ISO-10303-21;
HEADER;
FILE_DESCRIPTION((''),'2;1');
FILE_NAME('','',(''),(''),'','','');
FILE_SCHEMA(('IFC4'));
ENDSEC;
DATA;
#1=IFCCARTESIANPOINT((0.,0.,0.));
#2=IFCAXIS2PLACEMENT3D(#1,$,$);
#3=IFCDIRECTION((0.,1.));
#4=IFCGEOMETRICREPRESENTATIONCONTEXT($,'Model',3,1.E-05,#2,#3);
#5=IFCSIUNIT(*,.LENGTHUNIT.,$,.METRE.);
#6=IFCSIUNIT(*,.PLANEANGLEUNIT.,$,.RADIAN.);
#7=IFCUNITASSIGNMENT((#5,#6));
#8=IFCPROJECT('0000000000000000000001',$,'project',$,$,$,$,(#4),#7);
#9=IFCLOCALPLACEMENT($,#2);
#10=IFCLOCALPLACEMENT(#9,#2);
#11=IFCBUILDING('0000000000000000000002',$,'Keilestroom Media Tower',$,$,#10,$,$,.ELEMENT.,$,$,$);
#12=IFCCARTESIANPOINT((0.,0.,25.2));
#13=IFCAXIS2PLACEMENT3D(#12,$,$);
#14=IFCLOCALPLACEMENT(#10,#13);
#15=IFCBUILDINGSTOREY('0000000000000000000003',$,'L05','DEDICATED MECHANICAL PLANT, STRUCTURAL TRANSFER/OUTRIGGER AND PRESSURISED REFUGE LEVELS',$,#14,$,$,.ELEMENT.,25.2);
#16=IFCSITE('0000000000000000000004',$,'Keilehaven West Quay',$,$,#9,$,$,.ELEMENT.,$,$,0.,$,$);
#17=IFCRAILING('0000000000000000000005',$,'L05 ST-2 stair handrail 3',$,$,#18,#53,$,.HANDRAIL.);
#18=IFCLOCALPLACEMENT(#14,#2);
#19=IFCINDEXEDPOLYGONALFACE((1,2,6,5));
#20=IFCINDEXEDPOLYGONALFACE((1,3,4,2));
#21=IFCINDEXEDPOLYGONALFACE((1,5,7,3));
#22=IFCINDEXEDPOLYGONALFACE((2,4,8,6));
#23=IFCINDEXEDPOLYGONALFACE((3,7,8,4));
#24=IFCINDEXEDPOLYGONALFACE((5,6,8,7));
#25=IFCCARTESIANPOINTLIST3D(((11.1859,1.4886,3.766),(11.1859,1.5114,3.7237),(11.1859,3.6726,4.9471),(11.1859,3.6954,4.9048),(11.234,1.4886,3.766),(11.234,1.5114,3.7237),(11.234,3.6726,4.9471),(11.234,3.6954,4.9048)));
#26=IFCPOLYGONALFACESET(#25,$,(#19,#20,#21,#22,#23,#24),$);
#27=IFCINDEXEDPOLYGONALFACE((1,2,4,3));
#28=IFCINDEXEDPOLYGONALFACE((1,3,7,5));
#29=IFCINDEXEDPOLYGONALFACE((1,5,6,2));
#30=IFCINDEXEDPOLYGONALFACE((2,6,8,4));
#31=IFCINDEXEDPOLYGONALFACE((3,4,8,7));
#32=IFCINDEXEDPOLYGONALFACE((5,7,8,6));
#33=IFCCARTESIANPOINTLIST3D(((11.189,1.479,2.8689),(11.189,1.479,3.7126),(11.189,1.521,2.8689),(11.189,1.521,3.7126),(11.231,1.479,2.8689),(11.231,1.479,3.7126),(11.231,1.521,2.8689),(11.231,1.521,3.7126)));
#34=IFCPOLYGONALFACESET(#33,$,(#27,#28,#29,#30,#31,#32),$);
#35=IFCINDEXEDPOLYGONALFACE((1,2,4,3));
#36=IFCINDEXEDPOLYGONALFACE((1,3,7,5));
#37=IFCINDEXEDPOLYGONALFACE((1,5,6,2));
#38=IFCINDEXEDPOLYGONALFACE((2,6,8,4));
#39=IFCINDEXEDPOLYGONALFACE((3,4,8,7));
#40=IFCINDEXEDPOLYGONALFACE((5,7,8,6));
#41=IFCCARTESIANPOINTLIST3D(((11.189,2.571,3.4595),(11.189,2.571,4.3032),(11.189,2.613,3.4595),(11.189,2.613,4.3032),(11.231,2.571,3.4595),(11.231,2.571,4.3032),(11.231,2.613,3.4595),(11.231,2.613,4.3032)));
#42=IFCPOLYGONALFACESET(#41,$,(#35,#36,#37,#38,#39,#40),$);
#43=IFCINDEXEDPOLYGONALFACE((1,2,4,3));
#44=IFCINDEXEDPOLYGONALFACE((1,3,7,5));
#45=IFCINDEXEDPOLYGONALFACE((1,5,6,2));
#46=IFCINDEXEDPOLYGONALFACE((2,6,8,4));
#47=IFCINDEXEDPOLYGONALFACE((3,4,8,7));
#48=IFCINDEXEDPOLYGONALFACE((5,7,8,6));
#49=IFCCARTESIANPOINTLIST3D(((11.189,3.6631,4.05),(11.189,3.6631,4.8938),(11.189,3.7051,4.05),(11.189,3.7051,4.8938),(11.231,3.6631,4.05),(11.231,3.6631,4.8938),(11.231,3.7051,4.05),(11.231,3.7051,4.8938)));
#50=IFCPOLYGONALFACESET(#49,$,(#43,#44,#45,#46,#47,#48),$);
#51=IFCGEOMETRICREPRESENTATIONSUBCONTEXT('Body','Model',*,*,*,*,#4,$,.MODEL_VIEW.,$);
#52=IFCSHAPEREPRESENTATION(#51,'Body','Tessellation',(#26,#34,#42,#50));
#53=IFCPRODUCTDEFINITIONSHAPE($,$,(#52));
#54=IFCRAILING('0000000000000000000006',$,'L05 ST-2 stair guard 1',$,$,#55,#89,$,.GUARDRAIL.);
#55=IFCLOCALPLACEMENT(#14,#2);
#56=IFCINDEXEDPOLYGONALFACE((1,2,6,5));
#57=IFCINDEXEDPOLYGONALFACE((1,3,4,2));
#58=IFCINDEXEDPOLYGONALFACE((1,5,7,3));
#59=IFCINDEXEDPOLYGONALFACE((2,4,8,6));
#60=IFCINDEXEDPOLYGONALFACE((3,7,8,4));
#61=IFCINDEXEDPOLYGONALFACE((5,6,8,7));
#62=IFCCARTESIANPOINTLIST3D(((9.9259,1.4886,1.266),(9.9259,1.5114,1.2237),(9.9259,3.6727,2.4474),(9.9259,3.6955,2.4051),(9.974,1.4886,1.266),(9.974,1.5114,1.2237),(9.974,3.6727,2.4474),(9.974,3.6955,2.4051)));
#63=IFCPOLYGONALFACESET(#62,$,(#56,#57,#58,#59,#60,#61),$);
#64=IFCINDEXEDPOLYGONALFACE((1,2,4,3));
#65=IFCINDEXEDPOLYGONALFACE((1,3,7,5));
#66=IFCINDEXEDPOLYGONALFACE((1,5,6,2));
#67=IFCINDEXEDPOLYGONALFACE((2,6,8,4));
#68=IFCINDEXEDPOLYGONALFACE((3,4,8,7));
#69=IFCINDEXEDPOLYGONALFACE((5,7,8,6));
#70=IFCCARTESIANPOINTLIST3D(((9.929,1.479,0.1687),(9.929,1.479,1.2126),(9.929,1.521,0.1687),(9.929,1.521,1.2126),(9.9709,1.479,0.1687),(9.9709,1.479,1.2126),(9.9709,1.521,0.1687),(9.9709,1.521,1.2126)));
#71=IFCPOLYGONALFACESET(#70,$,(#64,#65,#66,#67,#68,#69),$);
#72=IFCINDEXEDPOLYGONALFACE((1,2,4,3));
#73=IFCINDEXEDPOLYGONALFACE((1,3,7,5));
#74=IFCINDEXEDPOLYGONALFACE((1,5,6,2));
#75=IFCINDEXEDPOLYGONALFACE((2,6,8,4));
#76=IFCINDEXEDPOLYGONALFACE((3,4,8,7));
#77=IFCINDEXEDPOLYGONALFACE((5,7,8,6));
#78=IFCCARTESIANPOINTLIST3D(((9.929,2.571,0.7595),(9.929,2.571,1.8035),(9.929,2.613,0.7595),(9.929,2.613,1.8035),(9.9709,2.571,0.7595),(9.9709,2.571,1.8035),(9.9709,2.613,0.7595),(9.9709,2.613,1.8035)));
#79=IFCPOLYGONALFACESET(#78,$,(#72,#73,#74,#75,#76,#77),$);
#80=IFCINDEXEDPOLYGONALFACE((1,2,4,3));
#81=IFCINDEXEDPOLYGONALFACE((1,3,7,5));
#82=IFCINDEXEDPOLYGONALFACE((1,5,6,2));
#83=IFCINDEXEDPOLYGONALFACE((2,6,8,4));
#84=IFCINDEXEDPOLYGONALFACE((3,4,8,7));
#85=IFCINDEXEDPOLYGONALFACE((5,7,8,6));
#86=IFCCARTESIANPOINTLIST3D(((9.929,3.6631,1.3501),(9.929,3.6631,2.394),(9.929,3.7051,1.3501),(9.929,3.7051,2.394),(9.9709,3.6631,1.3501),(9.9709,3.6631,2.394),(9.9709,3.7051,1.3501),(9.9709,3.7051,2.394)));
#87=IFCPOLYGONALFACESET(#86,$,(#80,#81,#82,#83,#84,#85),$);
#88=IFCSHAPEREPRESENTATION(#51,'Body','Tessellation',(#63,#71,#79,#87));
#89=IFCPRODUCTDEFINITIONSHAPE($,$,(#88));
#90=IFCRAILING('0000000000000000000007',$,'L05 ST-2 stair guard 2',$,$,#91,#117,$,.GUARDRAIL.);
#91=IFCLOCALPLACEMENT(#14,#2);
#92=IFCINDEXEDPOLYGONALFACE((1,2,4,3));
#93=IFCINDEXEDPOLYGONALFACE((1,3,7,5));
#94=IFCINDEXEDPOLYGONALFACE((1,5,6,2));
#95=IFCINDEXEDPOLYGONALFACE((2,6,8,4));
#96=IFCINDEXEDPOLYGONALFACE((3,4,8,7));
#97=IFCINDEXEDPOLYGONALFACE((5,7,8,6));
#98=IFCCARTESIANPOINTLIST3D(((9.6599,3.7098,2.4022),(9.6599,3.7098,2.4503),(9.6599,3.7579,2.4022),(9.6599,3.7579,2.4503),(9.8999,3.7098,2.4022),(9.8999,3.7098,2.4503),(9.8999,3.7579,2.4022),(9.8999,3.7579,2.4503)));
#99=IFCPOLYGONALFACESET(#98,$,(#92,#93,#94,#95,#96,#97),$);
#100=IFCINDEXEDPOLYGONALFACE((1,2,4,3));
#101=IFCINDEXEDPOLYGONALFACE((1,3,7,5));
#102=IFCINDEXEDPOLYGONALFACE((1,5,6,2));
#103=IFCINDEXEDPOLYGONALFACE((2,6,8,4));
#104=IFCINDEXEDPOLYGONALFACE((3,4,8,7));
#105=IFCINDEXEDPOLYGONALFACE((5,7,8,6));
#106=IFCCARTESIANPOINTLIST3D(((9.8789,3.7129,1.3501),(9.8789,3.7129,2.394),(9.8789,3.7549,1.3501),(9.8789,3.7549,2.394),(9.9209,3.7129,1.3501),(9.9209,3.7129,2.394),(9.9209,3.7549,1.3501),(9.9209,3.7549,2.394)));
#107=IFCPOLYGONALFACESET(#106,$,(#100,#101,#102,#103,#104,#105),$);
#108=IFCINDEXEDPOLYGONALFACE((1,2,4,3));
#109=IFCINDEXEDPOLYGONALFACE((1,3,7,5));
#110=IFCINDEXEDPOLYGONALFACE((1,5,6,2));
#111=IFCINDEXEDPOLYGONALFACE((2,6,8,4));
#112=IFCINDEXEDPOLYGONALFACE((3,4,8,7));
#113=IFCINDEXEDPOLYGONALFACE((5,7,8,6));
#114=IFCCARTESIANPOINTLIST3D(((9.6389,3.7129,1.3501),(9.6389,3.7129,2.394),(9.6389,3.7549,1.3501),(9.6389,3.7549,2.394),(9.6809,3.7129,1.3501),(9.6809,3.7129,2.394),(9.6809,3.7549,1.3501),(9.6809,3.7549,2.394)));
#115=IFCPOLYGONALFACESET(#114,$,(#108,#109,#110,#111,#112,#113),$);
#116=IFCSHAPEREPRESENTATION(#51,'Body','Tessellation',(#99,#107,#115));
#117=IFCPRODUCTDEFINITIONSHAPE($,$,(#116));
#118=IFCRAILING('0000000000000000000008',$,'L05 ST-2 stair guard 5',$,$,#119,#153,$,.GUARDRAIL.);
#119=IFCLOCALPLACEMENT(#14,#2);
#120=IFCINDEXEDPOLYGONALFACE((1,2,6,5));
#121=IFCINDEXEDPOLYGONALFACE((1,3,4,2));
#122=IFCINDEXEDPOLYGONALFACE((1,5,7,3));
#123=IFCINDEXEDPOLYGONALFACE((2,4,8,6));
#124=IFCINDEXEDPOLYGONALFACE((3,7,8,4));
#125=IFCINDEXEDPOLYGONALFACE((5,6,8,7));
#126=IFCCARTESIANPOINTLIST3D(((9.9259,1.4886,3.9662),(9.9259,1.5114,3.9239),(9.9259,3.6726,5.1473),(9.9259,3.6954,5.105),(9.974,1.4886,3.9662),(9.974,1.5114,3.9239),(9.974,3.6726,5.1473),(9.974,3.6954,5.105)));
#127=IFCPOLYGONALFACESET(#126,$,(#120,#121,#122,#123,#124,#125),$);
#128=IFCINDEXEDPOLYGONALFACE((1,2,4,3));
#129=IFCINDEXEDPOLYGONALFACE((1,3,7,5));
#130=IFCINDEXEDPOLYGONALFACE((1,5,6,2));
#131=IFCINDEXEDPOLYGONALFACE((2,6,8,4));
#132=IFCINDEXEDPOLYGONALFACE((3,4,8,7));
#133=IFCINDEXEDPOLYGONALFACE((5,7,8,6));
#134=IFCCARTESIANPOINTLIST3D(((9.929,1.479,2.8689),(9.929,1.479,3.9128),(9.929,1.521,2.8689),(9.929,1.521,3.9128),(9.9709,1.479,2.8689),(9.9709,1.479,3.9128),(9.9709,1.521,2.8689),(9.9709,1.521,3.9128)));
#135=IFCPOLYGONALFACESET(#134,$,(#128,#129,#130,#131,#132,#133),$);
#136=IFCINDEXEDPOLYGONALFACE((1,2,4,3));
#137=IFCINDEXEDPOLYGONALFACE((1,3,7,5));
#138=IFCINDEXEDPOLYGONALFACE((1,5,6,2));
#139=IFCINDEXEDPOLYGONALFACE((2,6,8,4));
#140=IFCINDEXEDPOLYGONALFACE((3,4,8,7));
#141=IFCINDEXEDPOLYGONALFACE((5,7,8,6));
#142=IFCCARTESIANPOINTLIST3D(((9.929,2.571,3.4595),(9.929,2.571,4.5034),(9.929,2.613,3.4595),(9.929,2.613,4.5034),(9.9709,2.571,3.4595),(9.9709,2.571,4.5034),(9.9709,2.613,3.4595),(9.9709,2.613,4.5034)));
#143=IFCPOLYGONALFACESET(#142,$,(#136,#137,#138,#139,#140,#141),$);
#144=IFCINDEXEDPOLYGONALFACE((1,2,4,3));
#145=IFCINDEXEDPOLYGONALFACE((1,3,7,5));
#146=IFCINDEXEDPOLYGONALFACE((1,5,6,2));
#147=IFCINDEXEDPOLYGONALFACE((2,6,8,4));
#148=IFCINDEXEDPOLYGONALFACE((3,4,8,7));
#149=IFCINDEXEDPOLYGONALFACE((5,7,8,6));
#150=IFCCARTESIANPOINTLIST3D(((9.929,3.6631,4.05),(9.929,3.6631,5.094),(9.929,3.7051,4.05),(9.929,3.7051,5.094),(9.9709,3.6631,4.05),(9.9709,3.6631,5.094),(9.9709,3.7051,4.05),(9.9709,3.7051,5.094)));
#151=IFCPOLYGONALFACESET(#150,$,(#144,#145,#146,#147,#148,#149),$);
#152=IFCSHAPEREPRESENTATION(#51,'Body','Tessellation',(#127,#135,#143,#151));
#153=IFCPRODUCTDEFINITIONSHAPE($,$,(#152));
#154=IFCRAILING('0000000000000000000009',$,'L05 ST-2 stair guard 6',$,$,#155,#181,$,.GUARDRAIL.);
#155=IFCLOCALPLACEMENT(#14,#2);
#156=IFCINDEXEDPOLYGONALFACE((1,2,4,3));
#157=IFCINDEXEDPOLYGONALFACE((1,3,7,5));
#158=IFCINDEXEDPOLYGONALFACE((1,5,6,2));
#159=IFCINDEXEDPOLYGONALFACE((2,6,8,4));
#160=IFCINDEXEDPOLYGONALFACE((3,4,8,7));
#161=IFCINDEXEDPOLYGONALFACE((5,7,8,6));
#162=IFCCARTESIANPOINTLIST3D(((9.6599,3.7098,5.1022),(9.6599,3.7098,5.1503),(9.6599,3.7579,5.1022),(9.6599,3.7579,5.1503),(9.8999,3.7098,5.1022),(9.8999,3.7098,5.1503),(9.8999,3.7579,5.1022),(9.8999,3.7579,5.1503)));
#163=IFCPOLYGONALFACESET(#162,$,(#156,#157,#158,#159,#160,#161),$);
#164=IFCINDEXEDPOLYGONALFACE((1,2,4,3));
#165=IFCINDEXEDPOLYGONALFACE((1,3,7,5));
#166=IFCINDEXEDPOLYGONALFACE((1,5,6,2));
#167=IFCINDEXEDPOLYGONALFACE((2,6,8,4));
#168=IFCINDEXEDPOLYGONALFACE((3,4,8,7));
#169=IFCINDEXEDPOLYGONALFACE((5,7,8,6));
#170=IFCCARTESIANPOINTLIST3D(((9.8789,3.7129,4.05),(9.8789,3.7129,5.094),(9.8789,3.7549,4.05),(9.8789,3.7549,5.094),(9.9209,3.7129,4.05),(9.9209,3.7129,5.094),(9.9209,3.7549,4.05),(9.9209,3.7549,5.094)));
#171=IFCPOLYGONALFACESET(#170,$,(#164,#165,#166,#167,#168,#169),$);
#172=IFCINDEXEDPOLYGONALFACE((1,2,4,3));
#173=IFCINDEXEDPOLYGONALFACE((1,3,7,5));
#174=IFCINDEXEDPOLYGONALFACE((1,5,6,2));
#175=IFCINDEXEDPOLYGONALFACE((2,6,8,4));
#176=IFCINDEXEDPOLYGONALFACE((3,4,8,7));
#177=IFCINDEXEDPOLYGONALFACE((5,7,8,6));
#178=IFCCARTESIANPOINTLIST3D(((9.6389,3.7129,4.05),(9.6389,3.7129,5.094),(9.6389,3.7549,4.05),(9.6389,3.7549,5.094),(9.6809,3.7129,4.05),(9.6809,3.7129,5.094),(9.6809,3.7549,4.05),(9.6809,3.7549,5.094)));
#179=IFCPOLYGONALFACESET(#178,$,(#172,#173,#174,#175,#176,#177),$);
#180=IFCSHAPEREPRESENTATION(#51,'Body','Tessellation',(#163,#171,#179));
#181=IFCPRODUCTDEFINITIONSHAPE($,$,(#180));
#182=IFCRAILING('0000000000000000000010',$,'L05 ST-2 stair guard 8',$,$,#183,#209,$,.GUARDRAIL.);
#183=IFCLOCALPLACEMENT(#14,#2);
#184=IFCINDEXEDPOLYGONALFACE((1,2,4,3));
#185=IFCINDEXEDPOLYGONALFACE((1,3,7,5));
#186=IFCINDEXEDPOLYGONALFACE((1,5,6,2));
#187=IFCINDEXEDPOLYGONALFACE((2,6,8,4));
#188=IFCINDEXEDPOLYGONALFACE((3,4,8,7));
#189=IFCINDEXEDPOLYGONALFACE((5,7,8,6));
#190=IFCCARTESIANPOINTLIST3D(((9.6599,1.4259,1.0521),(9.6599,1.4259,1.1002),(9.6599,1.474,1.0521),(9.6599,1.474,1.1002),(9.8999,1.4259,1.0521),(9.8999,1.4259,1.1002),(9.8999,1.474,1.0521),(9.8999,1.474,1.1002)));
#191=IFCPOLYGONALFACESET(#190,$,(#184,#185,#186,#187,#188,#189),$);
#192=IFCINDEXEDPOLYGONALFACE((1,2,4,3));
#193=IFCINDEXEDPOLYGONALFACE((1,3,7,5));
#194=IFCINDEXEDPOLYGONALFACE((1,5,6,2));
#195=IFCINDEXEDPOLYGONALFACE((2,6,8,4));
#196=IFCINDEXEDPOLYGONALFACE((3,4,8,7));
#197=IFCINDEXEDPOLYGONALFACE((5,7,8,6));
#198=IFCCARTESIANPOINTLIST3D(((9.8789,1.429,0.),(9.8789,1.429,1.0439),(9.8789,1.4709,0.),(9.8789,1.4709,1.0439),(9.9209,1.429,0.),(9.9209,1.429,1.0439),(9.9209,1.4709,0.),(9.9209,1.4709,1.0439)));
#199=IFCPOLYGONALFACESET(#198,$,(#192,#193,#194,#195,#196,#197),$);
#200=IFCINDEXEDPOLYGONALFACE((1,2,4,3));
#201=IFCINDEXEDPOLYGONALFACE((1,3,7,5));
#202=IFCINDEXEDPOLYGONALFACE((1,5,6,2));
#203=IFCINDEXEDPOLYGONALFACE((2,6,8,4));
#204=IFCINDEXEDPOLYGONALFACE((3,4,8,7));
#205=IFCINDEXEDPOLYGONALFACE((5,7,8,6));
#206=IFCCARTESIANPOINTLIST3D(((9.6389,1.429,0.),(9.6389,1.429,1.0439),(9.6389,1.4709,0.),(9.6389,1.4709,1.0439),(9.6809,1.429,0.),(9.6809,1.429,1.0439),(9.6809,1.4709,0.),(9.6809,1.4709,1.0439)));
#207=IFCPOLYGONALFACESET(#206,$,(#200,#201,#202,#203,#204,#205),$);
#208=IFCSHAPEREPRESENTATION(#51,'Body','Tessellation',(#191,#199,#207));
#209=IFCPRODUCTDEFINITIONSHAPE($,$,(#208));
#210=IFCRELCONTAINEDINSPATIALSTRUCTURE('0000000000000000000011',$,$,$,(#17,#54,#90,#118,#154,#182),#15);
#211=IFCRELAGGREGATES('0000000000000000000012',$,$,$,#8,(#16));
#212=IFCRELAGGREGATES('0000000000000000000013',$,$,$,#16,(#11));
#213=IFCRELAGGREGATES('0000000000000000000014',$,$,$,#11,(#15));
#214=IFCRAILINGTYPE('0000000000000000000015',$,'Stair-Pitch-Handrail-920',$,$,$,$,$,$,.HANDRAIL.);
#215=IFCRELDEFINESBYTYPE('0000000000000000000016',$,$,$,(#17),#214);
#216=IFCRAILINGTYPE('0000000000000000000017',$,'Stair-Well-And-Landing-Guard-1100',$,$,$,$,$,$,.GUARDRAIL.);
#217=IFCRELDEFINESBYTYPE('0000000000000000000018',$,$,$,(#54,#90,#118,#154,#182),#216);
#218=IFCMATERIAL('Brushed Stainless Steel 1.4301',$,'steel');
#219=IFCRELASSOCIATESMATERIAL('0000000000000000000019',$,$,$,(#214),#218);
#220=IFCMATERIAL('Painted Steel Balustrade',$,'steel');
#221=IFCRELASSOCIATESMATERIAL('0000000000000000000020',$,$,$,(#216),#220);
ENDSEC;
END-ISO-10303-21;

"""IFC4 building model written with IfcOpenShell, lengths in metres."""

from ifc_helpers import new_model, si_unit, direction, frame, origin, origin_2d, place, context, subcontext, project, spatial, rectangle, extrude, material, type_object, element, save


model = new_model("IFC4")

# Units and contexts
model_context = context("Model", 3, precision=1e-05, world=origin(), true_north=direction((0.0, 1.0)))
body_context = subcontext(model_context, "Body", "Model", "MODEL_VIEW")
ifc_project = project(units=[si_unit("LENGTHUNIT", "METRE"), si_unit("PLANEANGLEUNIT", "RADIAN")], contexts=[model_context])

# Site, building, storey
site_placement = place(None, origin())
site = spatial("IfcSite", under=ifc_project, at=site_placement, Name="Keilehaven West Quay", CompositionType="ELEMENT", RefElevation=0.0)
building_placement = place(site_placement, origin())
building = spatial("IfcBuilding", under=site, at=building_placement, Name="Keilestroom Media Tower", CompositionType="ELEMENT")
storey_placement = place(building_placement, frame((0.0, 0.0, 25.2)))
storey = spatial("IfcBuildingStorey", under=building, at=storey_placement, Name="L05", Description="DEDICATED MECHANICAL PLANT, STRUCTURAL TRANSFER/OUTRIGGER AND PRESSURISED REFUGE LEVELS", CompositionType="ELEMENT", Elevation=25.2)

# Railings
ifc_material_1 = material(Name="Brushed Stainless Steel 1.4301", Category="steel")
railing_type_1 = type_object("IfcRailingType", Name="Stair-Pitch-Handrail-920", PredefinedType="HANDRAIL", material=ifc_material_1)
railing_1_placement = place(storey_placement, frame((11.21, 1.5, 2.8689)))
element("IfcRailing", 1, at=railing_1_placement, inside=storey, type_object=railing_type_1, Name="L05 ST-2 stair handrail 3", PredefinedType="HANDRAIL", context=body_context, shape_type="SweptSolid", body=[
    extrude(rectangle(XDim=0.0481, YDim=0.0481, at=origin_2d()), frame((0.0, 0.0, 0.876), z_axis=(0.0, 0.879611, 0.475694), x_axis=(-1.0, 0.0, 0.0)), (0.0, 0.0, 1.0), 2.4829),
    extrude(rectangle(XDim=0.042, YDim=0.042, at=origin_2d()), origin(), (0.0, 0.0, 1.0), 0.8438),
    extrude(rectangle(XDim=0.042, YDim=0.042, at=origin_2d()), frame((0.0, 1.092, 0.5906)), (0.0, 0.0, 1.0), 0.8438),
    extrude(rectangle(XDim=0.042, YDim=0.042, at=origin_2d()), frame((0.0, 2.1841, 1.1812)), (0.0, 0.0, 1.0), 0.8438),
])
ifc_material_2 = material(Name="Painted Steel Balustrade", Category="steel")
railing_type_2 = type_object("IfcRailingType", Name="Stair-Well-And-Landing-Guard-1100", PredefinedType="GUARDRAIL", material=ifc_material_2)
railing_2_placement = place(storey_placement, frame((9.95, 1.5, 0.1687)))
element("IfcRailing", 2, at=railing_2_placement, inside=storey, type_object=railing_type_2, Name="L05 ST-2 stair guard 1", PredefinedType="GUARDRAIL", context=body_context, shape_type="SweptSolid", body=[
    extrude(rectangle(XDim=0.0481, YDim=0.0481, at=origin_2d()), frame((0.0, 0.0, 1.0762), z_axis=(0.0, 0.87957, 0.47577), x_axis=(-1.0, 0.0, 0.0)), (0.0, 0.0, 1.0), 2.4832),
    extrude(rectangle(XDim=0.042, YDim=0.042, at=origin_2d()), origin(), (0.0, 0.0, 1.0), 1.0439),
    extrude(rectangle(XDim=0.042, YDim=0.042, at=origin_2d()), frame((0.0, 1.092, 0.5908)), (0.0, 0.0, 1.0), 1.0439),
    extrude(rectangle(XDim=0.042, YDim=0.042, at=origin_2d()), frame((0.0, 2.1841, 1.1814)), (0.0, 0.0, 1.0), 1.0439),
])
railing_3_placement = place(storey_placement, frame((9.8999, 3.7339, 1.3501)))
element("IfcRailing", 3, at=railing_3_placement, inside=storey, type_object=railing_type_2, Name="L05 ST-2 stair guard 2", PredefinedType="GUARDRAIL", context=body_context, shape_type="SweptSolid", body=[
    extrude(rectangle(XDim=0.0481, YDim=0.0481, at=origin_2d()), frame((0.0, 0.0, 1.0762), z_axis=(-1.0, 0.0, 0.0), x_axis=(0.0, -1.0, 0.0)), (0.0, 0.0, 1.0), 0.24),
    extrude(rectangle(XDim=0.042, YDim=0.042, at=origin_2d()), origin(), (0.0, 0.0, 1.0), 1.0439),
    extrude(rectangle(XDim=0.042, YDim=0.042, at=origin_2d()), frame((-0.24, 0.0, 0.0)), (0.0, 0.0, 1.0), 1.0439),
])
railing_4_placement = place(storey_placement, frame((9.95, 1.5, 2.8689)))
element("IfcRailing", 4, at=railing_4_placement, inside=storey, type_object=railing_type_2, Name="L05 ST-2 stair guard 5", PredefinedType="GUARDRAIL", context=body_context, shape_type="SweptSolid", body=[
    extrude(rectangle(XDim=0.0481, YDim=0.0481, at=origin_2d()), frame((0.0, 0.0, 1.0762), z_axis=(0.0, 0.879611, 0.475694), x_axis=(-1.0, 0.0, 0.0)), (0.0, 0.0, 1.0), 2.4829),
    extrude(rectangle(XDim=0.042, YDim=0.042, at=origin_2d()), origin(), (0.0, 0.0, 1.0), 1.0439),
    extrude(rectangle(XDim=0.042, YDim=0.042, at=origin_2d()), frame((0.0, 1.092, 0.5906)), (0.0, 0.0, 1.0), 1.0439),
    extrude(rectangle(XDim=0.042, YDim=0.042, at=origin_2d()), frame((0.0, 2.1841, 1.1812)), (0.0, 0.0, 1.0), 1.0439),
])
for number, where, name in (
    (5, (9.8999, 3.7339, 4.05), "L05 ST-2 stair guard 6"),
    (6, (9.8999, 1.45, 0.0), "L05 ST-2 stair guard 8"),
):
    element("IfcRailing", number, at=place(storey_placement, frame(where)), inside=storey, type_object=railing_type_2, Name=name, PredefinedType="GUARDRAIL", context=body_context, shape_type="SweptSolid", body=[
        extrude(rectangle(XDim=0.0481, YDim=0.0481, at=origin_2d()), frame((0.0, 0.0, 1.0762), z_axis=(-1.0, 0.0, 0.0), x_axis=(0.0, -1.0, 0.0)), (0.0, 0.0, 1.0), 0.24),
        extrude(rectangle(XDim=0.042, YDim=0.042, at=origin_2d()), origin(), (0.0, 0.0, 1.0), 1.0439),
        extrude(rectangle(XDim=0.042, YDim=0.042, at=origin_2d()), frame((-0.24, 0.0, 0.0)), (0.0, 0.0, 1.0), 1.0439),
    ])

save(model, "model.ifc")
